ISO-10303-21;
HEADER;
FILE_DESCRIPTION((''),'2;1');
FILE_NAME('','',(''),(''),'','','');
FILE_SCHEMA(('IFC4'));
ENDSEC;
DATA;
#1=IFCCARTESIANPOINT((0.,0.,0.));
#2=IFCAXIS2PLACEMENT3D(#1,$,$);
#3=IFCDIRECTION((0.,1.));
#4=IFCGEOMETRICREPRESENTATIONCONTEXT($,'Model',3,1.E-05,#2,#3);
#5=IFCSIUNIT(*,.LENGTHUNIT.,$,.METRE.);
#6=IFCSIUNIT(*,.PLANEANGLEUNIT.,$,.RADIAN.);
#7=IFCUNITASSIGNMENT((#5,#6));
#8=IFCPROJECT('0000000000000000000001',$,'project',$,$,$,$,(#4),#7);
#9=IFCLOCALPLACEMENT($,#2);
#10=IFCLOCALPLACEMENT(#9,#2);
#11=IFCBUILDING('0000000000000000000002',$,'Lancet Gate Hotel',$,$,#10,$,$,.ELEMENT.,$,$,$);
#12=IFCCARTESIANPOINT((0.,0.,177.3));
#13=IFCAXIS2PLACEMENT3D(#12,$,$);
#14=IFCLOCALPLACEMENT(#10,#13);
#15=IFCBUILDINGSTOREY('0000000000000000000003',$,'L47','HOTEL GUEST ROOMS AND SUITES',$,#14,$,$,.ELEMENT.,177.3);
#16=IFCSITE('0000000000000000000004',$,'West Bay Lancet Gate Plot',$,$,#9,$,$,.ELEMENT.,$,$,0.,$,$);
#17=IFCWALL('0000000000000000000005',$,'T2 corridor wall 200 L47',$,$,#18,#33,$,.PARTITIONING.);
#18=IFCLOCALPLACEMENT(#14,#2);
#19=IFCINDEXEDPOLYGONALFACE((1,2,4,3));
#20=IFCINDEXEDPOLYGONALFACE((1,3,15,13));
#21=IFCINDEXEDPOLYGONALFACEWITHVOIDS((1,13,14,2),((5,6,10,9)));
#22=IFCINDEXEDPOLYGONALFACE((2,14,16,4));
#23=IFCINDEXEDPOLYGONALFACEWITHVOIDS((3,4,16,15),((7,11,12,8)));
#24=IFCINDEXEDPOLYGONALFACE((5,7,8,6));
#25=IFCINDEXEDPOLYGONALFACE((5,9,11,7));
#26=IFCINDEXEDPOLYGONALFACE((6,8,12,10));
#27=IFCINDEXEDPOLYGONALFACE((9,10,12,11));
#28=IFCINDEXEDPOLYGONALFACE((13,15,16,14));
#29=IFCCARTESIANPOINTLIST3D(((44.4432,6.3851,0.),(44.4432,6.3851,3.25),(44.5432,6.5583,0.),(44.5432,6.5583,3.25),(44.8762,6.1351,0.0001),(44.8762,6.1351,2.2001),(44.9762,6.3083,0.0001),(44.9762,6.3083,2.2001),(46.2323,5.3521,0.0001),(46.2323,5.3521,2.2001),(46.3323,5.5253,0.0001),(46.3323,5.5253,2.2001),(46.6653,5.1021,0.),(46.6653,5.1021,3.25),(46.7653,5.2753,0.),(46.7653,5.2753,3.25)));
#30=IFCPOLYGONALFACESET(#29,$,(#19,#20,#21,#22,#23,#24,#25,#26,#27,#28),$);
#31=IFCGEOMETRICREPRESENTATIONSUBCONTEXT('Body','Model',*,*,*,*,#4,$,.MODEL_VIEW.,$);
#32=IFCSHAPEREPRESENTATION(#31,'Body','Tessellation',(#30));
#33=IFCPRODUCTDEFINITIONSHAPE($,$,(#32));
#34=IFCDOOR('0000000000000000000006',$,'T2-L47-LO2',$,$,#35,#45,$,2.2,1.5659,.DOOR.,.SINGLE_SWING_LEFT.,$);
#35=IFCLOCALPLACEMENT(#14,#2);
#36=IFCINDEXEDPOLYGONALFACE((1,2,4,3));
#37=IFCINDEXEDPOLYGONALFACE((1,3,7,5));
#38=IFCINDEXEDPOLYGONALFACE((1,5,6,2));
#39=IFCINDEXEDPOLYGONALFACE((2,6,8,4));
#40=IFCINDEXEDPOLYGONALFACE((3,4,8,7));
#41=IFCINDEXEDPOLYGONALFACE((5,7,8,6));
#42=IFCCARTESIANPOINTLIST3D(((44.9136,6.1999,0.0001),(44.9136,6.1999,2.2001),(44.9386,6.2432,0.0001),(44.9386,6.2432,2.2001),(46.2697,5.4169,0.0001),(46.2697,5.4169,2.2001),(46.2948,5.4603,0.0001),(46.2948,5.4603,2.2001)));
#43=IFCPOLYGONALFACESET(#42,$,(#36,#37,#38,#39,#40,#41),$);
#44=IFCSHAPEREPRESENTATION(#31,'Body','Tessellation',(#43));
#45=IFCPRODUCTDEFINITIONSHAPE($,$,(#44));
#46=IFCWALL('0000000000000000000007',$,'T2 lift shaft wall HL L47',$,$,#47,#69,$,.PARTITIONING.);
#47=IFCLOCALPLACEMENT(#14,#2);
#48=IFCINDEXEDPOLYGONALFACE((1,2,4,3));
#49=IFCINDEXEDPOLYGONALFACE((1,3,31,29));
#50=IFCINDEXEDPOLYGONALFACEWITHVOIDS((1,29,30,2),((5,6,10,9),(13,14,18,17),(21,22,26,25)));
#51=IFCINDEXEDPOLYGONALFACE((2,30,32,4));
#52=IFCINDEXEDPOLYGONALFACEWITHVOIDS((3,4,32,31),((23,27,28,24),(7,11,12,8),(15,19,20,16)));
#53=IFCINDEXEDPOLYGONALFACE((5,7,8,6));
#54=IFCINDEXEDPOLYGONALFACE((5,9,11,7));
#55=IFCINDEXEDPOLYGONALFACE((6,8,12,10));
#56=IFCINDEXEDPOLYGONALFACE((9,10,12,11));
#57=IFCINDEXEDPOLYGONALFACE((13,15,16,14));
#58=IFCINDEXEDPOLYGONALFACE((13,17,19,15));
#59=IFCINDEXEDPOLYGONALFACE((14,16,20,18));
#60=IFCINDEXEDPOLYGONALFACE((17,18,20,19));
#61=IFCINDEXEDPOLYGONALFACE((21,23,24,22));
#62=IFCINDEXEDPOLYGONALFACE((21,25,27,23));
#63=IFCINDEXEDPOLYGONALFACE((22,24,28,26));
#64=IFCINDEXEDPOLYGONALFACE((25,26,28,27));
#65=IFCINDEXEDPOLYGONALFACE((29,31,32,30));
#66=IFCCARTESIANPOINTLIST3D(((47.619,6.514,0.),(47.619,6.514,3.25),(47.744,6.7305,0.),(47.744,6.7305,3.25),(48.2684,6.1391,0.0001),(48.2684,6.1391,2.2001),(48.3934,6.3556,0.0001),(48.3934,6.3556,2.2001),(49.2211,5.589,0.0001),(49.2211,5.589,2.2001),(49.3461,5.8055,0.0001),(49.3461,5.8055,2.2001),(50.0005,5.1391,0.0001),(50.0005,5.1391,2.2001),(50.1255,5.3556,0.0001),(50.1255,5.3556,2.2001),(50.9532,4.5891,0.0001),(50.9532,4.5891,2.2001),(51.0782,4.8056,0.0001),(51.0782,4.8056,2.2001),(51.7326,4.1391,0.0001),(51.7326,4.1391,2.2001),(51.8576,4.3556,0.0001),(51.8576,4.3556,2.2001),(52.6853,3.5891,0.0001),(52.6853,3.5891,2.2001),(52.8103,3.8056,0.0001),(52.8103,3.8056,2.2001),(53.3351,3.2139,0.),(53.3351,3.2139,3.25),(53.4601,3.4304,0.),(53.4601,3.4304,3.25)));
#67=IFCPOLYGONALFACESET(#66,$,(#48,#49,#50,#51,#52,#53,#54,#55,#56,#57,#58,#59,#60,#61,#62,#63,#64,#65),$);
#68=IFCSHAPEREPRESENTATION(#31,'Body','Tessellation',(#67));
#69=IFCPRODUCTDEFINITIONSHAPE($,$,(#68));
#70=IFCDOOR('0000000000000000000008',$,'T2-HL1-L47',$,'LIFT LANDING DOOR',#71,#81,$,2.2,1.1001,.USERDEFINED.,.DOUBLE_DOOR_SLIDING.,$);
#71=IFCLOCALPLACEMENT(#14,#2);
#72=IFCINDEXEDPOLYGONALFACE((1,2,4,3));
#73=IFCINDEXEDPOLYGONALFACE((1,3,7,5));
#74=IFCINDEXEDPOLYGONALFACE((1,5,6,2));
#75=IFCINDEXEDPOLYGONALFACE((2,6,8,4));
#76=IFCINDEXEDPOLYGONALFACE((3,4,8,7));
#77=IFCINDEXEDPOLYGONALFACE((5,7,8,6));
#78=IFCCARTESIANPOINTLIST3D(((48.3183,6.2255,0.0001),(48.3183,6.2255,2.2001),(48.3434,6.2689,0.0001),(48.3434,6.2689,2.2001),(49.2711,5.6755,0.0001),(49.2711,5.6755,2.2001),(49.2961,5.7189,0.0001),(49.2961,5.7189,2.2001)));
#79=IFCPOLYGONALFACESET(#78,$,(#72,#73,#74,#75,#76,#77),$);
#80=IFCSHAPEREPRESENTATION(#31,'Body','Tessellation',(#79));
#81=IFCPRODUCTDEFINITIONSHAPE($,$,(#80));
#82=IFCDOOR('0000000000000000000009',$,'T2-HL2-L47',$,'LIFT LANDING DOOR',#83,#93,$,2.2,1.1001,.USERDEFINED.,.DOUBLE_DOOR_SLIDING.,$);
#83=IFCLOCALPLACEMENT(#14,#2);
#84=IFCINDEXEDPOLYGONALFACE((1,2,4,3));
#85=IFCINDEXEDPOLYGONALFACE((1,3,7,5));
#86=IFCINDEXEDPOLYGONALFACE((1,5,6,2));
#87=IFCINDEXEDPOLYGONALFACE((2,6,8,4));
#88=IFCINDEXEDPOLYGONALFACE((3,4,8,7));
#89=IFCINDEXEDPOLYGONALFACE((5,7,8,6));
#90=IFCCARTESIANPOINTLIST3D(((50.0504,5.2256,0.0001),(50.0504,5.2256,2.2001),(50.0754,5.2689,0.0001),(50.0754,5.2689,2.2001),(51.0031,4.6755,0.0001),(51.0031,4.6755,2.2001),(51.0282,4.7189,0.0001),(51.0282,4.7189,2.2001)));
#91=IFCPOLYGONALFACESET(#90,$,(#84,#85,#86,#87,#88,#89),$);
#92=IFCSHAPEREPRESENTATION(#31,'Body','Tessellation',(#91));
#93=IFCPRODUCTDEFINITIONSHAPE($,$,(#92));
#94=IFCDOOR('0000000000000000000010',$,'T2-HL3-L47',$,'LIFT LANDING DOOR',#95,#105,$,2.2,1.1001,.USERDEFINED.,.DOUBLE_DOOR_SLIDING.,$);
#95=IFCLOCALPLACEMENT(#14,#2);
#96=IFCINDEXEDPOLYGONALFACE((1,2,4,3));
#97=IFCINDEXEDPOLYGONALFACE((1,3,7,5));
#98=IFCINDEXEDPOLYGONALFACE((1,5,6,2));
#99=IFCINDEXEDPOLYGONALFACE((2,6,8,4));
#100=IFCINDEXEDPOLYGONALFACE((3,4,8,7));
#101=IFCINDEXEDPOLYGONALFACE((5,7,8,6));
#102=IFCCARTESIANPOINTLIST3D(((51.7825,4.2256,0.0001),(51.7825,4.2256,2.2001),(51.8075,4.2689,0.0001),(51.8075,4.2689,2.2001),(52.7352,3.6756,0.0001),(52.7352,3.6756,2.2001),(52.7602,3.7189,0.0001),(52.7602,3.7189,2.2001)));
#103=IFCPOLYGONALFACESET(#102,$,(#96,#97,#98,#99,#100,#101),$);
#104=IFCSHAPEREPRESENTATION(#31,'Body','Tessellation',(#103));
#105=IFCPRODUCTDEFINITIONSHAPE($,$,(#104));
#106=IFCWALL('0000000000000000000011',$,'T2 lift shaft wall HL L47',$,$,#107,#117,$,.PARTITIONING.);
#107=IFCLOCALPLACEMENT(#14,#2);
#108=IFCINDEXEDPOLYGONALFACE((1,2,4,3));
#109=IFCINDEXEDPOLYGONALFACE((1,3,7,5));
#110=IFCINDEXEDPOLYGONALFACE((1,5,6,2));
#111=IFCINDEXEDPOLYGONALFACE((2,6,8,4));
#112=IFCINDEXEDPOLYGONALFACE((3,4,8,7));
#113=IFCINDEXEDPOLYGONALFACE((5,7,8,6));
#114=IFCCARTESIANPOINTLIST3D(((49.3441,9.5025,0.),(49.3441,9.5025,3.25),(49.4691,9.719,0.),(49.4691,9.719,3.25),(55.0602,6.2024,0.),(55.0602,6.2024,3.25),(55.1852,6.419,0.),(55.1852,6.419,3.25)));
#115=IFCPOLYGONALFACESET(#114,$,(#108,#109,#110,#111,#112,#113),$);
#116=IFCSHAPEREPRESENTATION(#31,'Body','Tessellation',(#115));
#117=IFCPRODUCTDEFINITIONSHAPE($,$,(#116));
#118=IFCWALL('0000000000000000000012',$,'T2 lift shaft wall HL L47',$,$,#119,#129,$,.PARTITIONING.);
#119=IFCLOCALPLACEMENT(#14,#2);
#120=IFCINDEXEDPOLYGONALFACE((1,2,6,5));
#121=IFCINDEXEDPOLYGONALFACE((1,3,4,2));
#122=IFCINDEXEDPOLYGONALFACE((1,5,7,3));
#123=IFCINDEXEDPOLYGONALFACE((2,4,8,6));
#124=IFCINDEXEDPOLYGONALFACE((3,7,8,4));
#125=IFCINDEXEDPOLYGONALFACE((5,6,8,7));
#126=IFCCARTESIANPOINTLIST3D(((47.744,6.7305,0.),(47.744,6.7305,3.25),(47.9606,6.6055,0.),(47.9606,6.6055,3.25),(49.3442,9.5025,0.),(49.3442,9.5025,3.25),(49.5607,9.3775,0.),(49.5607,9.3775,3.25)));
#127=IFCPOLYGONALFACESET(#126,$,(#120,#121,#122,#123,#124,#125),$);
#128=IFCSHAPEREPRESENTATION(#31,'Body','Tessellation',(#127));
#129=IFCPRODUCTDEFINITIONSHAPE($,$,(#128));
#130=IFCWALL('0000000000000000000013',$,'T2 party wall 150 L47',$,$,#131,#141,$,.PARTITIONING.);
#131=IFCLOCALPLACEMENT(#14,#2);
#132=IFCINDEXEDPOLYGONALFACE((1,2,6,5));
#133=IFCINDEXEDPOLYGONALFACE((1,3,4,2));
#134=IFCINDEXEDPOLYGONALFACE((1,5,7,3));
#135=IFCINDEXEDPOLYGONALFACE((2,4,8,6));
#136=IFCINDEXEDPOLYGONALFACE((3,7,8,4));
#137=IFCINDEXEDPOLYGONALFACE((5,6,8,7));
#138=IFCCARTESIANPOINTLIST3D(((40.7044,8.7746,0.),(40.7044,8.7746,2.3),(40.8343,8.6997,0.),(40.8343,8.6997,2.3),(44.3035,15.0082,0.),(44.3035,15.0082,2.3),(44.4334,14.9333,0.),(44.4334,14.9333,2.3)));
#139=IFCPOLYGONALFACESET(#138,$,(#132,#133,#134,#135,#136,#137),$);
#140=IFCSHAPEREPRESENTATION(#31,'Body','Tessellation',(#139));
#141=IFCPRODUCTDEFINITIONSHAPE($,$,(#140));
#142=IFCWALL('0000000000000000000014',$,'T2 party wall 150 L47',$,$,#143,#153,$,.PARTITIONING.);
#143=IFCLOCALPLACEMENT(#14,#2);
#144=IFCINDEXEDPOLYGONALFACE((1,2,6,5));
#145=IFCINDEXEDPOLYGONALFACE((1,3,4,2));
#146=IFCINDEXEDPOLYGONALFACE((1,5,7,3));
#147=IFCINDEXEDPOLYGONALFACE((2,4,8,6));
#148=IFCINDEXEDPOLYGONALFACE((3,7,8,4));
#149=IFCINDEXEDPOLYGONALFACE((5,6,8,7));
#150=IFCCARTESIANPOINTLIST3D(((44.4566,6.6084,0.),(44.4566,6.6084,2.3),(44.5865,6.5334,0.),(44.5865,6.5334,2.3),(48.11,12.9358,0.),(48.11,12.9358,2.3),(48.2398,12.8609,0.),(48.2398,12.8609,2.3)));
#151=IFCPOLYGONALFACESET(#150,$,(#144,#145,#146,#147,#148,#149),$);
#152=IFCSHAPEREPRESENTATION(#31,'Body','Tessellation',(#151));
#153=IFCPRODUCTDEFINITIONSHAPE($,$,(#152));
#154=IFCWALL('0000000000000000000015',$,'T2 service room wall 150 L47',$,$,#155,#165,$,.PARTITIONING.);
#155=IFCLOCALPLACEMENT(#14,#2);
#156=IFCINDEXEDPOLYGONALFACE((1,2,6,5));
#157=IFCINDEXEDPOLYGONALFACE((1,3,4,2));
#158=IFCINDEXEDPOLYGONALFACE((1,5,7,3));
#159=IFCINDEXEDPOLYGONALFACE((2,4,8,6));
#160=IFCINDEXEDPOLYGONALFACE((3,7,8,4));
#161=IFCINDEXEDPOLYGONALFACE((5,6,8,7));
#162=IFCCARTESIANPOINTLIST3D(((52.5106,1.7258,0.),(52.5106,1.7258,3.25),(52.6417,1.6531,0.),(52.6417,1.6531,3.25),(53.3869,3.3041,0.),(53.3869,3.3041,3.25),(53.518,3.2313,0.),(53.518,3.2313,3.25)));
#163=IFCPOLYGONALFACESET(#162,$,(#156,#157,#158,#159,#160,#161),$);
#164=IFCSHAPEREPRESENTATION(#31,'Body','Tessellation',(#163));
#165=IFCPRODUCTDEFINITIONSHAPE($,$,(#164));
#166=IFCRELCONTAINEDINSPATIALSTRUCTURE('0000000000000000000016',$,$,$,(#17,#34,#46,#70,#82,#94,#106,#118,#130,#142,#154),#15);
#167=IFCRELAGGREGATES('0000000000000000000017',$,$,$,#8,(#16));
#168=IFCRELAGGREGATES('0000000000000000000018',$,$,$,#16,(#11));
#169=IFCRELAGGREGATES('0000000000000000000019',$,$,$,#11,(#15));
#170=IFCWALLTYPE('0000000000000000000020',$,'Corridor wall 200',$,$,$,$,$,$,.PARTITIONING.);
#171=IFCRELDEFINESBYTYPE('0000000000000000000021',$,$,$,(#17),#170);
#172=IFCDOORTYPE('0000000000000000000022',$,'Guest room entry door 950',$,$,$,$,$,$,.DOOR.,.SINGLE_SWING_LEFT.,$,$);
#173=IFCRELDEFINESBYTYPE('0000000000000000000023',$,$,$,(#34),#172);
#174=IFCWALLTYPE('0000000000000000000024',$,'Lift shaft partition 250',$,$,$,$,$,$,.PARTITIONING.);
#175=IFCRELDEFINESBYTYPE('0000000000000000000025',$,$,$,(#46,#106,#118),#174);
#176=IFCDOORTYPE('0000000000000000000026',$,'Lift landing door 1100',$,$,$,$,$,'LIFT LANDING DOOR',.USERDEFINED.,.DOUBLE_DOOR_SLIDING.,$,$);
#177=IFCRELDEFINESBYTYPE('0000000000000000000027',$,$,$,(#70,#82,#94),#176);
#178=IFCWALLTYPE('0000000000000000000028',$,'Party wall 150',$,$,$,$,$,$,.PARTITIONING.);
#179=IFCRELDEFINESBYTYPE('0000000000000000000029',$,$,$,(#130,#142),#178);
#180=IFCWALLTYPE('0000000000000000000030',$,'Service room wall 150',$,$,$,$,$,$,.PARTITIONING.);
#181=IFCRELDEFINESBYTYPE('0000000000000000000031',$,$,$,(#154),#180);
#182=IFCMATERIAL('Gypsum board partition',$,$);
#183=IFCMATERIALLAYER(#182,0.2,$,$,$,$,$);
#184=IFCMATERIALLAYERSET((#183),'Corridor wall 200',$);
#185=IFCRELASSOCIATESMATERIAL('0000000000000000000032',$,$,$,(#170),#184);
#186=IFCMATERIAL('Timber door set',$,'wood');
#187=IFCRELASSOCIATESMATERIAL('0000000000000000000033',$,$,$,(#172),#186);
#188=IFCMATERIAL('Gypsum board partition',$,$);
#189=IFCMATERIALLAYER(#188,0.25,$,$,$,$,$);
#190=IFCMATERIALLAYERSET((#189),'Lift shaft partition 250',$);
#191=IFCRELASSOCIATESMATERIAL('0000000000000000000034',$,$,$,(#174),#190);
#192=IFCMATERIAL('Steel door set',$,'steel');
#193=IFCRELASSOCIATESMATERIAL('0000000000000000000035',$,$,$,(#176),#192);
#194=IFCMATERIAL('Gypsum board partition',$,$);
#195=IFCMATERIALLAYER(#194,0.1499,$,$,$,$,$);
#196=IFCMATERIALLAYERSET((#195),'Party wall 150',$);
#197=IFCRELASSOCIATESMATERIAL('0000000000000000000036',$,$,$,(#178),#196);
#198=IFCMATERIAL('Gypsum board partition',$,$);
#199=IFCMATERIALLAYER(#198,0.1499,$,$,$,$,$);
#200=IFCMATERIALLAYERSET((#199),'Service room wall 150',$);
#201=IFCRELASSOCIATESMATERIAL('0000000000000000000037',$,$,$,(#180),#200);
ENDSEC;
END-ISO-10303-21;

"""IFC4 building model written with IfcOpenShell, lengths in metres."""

from ifc_helpers import new_model, si_unit, direction, frame, frame_2d, origin, place, context, subcontext, project, spatial, rectangle, extrude, material, layer, layer_set, type_object, element, fill, save


model = new_model("IFC4")

# Units and contexts
model_context = context("Model", 3, precision=1e-05, world=origin(), true_north=direction((0.0, 1.0)))
body_context = subcontext(model_context, "Body", "Model", "MODEL_VIEW")
ifc_project = project(units=[si_unit("LENGTHUNIT", "METRE"), si_unit("PLANEANGLEUNIT", "RADIAN")], contexts=[model_context])

# Site, building, storey
site_placement = place(None, origin())
site = spatial("IfcSite", under=ifc_project, at=site_placement, Name="West Bay Lancet Gate Plot", CompositionType="ELEMENT", RefElevation=0.0)
building_placement = place(site_placement, origin())
building = spatial("IfcBuilding", under=site, at=building_placement, Name="Lancet Gate Hotel", CompositionType="ELEMENT")
storey_placement = place(building_placement, frame((0.0, 0.0, 177.3)))
storey = spatial("IfcBuildingStorey", under=building, at=storey_placement, Name="L47", Description="HOTEL GUEST ROOMS AND SUITES", CompositionType="ELEMENT", Elevation=177.3)

# Wall, opening, door
ifc_material_1 = material(Name="Gypsum board partition")
ifc_layer_1 = layer(ifc_material_1, 0.2)
ifc_layer_set_1 = layer_set([ifc_layer_1], Name="Corridor wall 200")
wall_type_1 = type_object("IfcWallType", Name="Corridor wall 200", PredefinedType="PARTITIONING", material=ifc_layer_set_1)
wall_1_placement = place(storey_placement, frame((44.4932, 6.4717, 0.0), z_axis=(0.0, 0.0, 1.0), x_axis=(0.866027, -0.499997, 0.0)))
wall_1 = element("IfcWall", 1, at=wall_1_placement, inside=storey, type_object=wall_type_1, Name="T2 corridor wall 200 L47", PredefinedType="PARTITIONING", context=body_context, shape_type="SweptSolid", body=[
    extrude(rectangle(XDim=2.5659, YDim=0.2, at=frame_2d((1.283, 0.0))), origin(), (0.0, 0.0, 1.0), 3.25),
])
opening_1_placement = place(wall_1_placement, frame((0.5, 0.0, 0.0)))
opening_1 = element("IfcOpeningElement", 2, at=opening_1_placement, cuts=wall_1, PredefinedType="OPENING", context=body_context, shape_type="SweptSolid", body=[
    extrude(rectangle(XDim=1.5659, YDim=2.2, at=frame_2d((0.783, 1.1001))), frame((0.0, 0.1099, 0.0), z_axis=(0.0, -1.0, 0.0), x_axis=(1.0, 0.0, 0.0)), (0.0, 0.0, 1.0), 0.22),
])
ifc_material_2 = material(Name="Timber door set", Category="wood")
door_type_1 = type_object("IfcDoorType", Name="Guest room entry door 950", OperationType="SINGLE_SWING_LEFT", PredefinedType="DOOR", material=ifc_material_2)
door_1_placement = place(opening_1_placement, origin())
door_1 = element("IfcDoor", 3, at=door_1_placement, inside=storey, type_object=door_type_1, Name="T2-L47-LO2", OperationType="SINGLE_SWING_LEFT", OverallHeight=2.2, OverallWidth=1.5659, PredefinedType="DOOR", context=body_context, shape_type="SweptSolid", body=[
    extrude(rectangle(XDim=1.5659, YDim=2.2, at=frame_2d((0.783, 1.1001))), frame((0.0, 0.0249, 0.0), z_axis=(0.0, -1.0, 0.0), x_axis=(1.0, 0.0, 0.0)), (0.0, 0.0, 1.0), 0.05),
])
fill(opening_1, door_1)

# Wall, openings, doors
ifc_material_3 = material(Name="Gypsum board partition")
ifc_layer_2 = layer(ifc_material_3, 0.25)
ifc_layer_set_2 = layer_set([ifc_layer_2], Name="Lift shaft partition 250")
wall_type_2 = type_object("IfcWallType", Name="Lift shaft partition 250", PredefinedType="PARTITIONING", material=ifc_layer_set_2)
wall_2_placement = place(storey_placement, frame((47.6814, 6.6223, 0.0), z_axis=(0.0, 0.0, 1.0), x_axis=(0.866033, -0.499986, 0.0)))
wall_2 = element("IfcWall", 4, at=wall_2_placement, inside=storey, type_object=wall_type_2, Name="T2 lift shaft wall HL L47", PredefinedType="PARTITIONING", context=body_context, shape_type="SweptSolid", body=[
    extrude(rectangle(XDim=6.6003, YDim=0.25, at=frame_2d((3.3003, 0.0))), origin(), (0.0, 0.0, 1.0), 3.25),
])
opening_2_placement = place(wall_2_placement, frame((0.75, 0.0, 0.0)))
opening_2 = element("IfcOpeningElement", 5, at=opening_2_placement, cuts=wall_2, PredefinedType="OPENING", context=body_context, shape_type="SweptSolid", body=[
    extrude(rectangle(XDim=1.1001, YDim=2.2, at=frame_2d((0.55, 1.1001))), frame((0.0, 0.135, 0.0), z_axis=(0.0, -1.0, 0.0), x_axis=(1.0, 0.0, 0.0)), (0.0, 0.0, 1.0), 0.27),
])
opening_3_placement = place(wall_2_placement, frame((2.75, 0.0, 0.0)))
opening_3 = element("IfcOpeningElement", 6, at=opening_3_placement, cuts=wall_2, PredefinedType="OPENING", context=body_context, shape_type="SweptSolid", body=[
    extrude(rectangle(XDim=1.1001, YDim=2.2, at=frame_2d((0.55, 1.1001))), frame((0.0, 0.135, 0.0), z_axis=(0.0, -1.0, 0.0), x_axis=(1.0, 0.0, 0.0)), (0.0, 0.0, 1.0), 0.27),
])
opening_4_placement = place(wall_2_placement, frame((4.75, 0.0, 0.0)))
opening_4 = element("IfcOpeningElement", 7, at=opening_4_placement, cuts=wall_2, PredefinedType="OPENING", context=body_context, shape_type="SweptSolid", body=[
    extrude(rectangle(XDim=1.1001, YDim=2.2, at=frame_2d((0.55, 1.1001))), frame((0.0, 0.135, 0.0), z_axis=(0.0, -1.0, 0.0), x_axis=(1.0, 0.0, 0.0)), (0.0, 0.0, 1.0), 0.27),
])
ifc_material_4 = material(Name="Steel door set", Category="steel")
door_type_2 = type_object("IfcDoorType", Name="Lift landing door 1100", ElementType="LIFT LANDING DOOR", OperationType="DOUBLE_DOOR_SLIDING", PredefinedType="USERDEFINED", material=ifc_material_4)
door_2_placement = place(opening_2_placement, origin())
door_2 = element("IfcDoor", 8, at=door_2_placement, inside=storey, type_object=door_type_2, Name="T2-HL1-L47", ObjectType="LIFT LANDING DOOR", OperationType="DOUBLE_DOOR_SLIDING", OverallHeight=2.2, OverallWidth=1.1001, PredefinedType="USERDEFINED", context=body_context, shape_type="SweptSolid", body=[
    extrude(rectangle(XDim=1.1001, YDim=2.2, at=frame_2d((0.55, 1.1001))), frame((0.0, 0.0249, 0.0), z_axis=(0.0, -1.0, 0.0), x_axis=(1.0, 0.0, 0.0)), (0.0, 0.0, 1.0), 0.05),
])
fill(opening_2, door_2)
door_3_placement = place(opening_3_placement, origin())
door_3 = element("IfcDoor", 9, at=door_3_placement, inside=storey, type_object=door_type_2, Name="T2-HL2-L47", ObjectType="LIFT LANDING DOOR", OperationType="DOUBLE_DOOR_SLIDING", OverallHeight=2.2, OverallWidth=1.1001, PredefinedType="USERDEFINED", context=body_context, shape_type="SweptSolid", body=[
    extrude(rectangle(XDim=1.1001, YDim=2.2, at=frame_2d((0.55, 1.1001))), frame((0.0, 0.0249, 0.0), z_axis=(0.0, -1.0, 0.0), x_axis=(1.0, 0.0, 0.0)), (0.0, 0.0, 1.0), 0.05),
])
fill(opening_3, door_3)
door_4_placement = place(opening_4_placement, origin())
door_4 = element("IfcDoor", 10, at=door_4_placement, inside=storey, type_object=door_type_2, Name="T2-HL3-L47", ObjectType="LIFT LANDING DOOR", OperationType="DOUBLE_DOOR_SLIDING", OverallHeight=2.2, OverallWidth=1.1001, PredefinedType="USERDEFINED", context=body_context, shape_type="SweptSolid", body=[
    extrude(rectangle(XDim=1.1001, YDim=2.2, at=frame_2d((0.55, 1.1001))), frame((0.0, 0.0249, 0.0), z_axis=(0.0, -1.0, 0.0), x_axis=(1.0, 0.0, 0.0)), (0.0, 0.0, 1.0), 0.05),
])
fill(opening_4, door_4)

# Walls
wall_3_placement = place(storey_placement, frame((49.4065, 9.6108, 0.0), z_axis=(0.0, 0.0, 1.0), x_axis=(0.866033, -0.499986, 0.0)))
element("IfcWall", 11, at=wall_3_placement, inside=storey, type_object=wall_type_2, Name="T2 lift shaft wall HL L47", PredefinedType="PARTITIONING", context=body_context, shape_type="SweptSolid", body=[
    extrude(rectangle(XDim=6.6003, YDim=0.25, at=frame_2d((3.3003, 0.0))), origin(), (0.0, 0.0, 1.0), 3.25),
])
wall_4_placement = place(storey_placement, frame((47.8523, 6.668, 0.0), z_axis=(0.0, 0.0, 1.0), x_axis=(0.499929, 0.866066, 0.0)))
element("IfcWall", 12, at=wall_4_placement, inside=storey, type_object=wall_type_2, Name="T2 lift shaft wall HL L47", PredefinedType="PARTITIONING", context=body_context, shape_type="SweptSolid", body=[
    extrude(rectangle(XDim=3.2007, YDim=0.25, at=frame_2d((1.6003, 0.0))), origin(), (0.0, 0.0, 1.0), 3.25),
])
ifc_material_5 = material(Name="Gypsum board partition")
ifc_layer_3 = layer(ifc_material_5, 0.1499)
ifc_layer_set_3 = layer_set([ifc_layer_3], Name="Party wall 150")
wall_type_3 = type_object("IfcWallType", Name="Party wall 150", PredefinedType="PARTITIONING", material=ifc_layer_set_3)
wall_5_placement = place(storey_placement, frame((40.7693, 8.7371, 0.0), z_axis=(0.0, 0.0, 1.0), x_axis=(0.500013, 0.866018, 0.0)))
element("IfcWall", 13, at=wall_5_placement, inside=storey, type_object=wall_type_3, Name="T2 party wall 150 L47", PredefinedType="PARTITIONING", context=body_context, shape_type="SweptSolid", body=[
    extrude(rectangle(XDim=7.198, YDim=0.1499, at=frame_2d((3.5991, 0.0))), origin(), (0.0, 0.0, 1.0), 2.3),
])
wall_6_placement = place(storey_placement, frame((44.5215, 6.5708, 0.0), z_axis=(0.0, 0.0, 1.0), x_axis=(0.50002, 0.866014, 0.0)))
element("IfcWall", 14, at=wall_6_placement, inside=storey, type_object=wall_type_3, Name="T2 party wall 150 L47", PredefinedType="PARTITIONING", context=body_context, shape_type="SweptSolid", body=[
    extrude(rectangle(XDim=7.3064, YDim=0.1499, at=frame_2d((3.6533, 0.0))), origin(), (0.0, 0.0, 1.0), 2.3),
])
ifc_material_6 = material(Name="Gypsum board partition")
ifc_layer_4 = layer(ifc_material_6, 0.1499)
ifc_layer_set_4 = layer_set([ifc_layer_4], Name="Service room wall 150")
wall_type_4 = type_object("IfcWallType", Name="Service room wall 150", PredefinedType="PARTITIONING", material=ifc_layer_set_4)
wall_7_placement = place(storey_placement, frame((52.5762, 1.6895, 0.0), z_axis=(0.0, 0.0, 1.0), x_axis=(0.485425, 0.874278, 0.0)))
element("IfcWall", 15, at=wall_7_placement, inside=storey, type_object=wall_type_4, Name="T2 service room wall 150 L47", PredefinedType="PARTITIONING", context=body_context, shape_type="SweptSolid", body=[
    extrude(rectangle(XDim=1.8052, YDim=0.1499, at=frame_2d((0.9026, 0.0))), origin(), (0.0, 0.0, 1.0), 3.25),
])

save(model, "model.ifc")
